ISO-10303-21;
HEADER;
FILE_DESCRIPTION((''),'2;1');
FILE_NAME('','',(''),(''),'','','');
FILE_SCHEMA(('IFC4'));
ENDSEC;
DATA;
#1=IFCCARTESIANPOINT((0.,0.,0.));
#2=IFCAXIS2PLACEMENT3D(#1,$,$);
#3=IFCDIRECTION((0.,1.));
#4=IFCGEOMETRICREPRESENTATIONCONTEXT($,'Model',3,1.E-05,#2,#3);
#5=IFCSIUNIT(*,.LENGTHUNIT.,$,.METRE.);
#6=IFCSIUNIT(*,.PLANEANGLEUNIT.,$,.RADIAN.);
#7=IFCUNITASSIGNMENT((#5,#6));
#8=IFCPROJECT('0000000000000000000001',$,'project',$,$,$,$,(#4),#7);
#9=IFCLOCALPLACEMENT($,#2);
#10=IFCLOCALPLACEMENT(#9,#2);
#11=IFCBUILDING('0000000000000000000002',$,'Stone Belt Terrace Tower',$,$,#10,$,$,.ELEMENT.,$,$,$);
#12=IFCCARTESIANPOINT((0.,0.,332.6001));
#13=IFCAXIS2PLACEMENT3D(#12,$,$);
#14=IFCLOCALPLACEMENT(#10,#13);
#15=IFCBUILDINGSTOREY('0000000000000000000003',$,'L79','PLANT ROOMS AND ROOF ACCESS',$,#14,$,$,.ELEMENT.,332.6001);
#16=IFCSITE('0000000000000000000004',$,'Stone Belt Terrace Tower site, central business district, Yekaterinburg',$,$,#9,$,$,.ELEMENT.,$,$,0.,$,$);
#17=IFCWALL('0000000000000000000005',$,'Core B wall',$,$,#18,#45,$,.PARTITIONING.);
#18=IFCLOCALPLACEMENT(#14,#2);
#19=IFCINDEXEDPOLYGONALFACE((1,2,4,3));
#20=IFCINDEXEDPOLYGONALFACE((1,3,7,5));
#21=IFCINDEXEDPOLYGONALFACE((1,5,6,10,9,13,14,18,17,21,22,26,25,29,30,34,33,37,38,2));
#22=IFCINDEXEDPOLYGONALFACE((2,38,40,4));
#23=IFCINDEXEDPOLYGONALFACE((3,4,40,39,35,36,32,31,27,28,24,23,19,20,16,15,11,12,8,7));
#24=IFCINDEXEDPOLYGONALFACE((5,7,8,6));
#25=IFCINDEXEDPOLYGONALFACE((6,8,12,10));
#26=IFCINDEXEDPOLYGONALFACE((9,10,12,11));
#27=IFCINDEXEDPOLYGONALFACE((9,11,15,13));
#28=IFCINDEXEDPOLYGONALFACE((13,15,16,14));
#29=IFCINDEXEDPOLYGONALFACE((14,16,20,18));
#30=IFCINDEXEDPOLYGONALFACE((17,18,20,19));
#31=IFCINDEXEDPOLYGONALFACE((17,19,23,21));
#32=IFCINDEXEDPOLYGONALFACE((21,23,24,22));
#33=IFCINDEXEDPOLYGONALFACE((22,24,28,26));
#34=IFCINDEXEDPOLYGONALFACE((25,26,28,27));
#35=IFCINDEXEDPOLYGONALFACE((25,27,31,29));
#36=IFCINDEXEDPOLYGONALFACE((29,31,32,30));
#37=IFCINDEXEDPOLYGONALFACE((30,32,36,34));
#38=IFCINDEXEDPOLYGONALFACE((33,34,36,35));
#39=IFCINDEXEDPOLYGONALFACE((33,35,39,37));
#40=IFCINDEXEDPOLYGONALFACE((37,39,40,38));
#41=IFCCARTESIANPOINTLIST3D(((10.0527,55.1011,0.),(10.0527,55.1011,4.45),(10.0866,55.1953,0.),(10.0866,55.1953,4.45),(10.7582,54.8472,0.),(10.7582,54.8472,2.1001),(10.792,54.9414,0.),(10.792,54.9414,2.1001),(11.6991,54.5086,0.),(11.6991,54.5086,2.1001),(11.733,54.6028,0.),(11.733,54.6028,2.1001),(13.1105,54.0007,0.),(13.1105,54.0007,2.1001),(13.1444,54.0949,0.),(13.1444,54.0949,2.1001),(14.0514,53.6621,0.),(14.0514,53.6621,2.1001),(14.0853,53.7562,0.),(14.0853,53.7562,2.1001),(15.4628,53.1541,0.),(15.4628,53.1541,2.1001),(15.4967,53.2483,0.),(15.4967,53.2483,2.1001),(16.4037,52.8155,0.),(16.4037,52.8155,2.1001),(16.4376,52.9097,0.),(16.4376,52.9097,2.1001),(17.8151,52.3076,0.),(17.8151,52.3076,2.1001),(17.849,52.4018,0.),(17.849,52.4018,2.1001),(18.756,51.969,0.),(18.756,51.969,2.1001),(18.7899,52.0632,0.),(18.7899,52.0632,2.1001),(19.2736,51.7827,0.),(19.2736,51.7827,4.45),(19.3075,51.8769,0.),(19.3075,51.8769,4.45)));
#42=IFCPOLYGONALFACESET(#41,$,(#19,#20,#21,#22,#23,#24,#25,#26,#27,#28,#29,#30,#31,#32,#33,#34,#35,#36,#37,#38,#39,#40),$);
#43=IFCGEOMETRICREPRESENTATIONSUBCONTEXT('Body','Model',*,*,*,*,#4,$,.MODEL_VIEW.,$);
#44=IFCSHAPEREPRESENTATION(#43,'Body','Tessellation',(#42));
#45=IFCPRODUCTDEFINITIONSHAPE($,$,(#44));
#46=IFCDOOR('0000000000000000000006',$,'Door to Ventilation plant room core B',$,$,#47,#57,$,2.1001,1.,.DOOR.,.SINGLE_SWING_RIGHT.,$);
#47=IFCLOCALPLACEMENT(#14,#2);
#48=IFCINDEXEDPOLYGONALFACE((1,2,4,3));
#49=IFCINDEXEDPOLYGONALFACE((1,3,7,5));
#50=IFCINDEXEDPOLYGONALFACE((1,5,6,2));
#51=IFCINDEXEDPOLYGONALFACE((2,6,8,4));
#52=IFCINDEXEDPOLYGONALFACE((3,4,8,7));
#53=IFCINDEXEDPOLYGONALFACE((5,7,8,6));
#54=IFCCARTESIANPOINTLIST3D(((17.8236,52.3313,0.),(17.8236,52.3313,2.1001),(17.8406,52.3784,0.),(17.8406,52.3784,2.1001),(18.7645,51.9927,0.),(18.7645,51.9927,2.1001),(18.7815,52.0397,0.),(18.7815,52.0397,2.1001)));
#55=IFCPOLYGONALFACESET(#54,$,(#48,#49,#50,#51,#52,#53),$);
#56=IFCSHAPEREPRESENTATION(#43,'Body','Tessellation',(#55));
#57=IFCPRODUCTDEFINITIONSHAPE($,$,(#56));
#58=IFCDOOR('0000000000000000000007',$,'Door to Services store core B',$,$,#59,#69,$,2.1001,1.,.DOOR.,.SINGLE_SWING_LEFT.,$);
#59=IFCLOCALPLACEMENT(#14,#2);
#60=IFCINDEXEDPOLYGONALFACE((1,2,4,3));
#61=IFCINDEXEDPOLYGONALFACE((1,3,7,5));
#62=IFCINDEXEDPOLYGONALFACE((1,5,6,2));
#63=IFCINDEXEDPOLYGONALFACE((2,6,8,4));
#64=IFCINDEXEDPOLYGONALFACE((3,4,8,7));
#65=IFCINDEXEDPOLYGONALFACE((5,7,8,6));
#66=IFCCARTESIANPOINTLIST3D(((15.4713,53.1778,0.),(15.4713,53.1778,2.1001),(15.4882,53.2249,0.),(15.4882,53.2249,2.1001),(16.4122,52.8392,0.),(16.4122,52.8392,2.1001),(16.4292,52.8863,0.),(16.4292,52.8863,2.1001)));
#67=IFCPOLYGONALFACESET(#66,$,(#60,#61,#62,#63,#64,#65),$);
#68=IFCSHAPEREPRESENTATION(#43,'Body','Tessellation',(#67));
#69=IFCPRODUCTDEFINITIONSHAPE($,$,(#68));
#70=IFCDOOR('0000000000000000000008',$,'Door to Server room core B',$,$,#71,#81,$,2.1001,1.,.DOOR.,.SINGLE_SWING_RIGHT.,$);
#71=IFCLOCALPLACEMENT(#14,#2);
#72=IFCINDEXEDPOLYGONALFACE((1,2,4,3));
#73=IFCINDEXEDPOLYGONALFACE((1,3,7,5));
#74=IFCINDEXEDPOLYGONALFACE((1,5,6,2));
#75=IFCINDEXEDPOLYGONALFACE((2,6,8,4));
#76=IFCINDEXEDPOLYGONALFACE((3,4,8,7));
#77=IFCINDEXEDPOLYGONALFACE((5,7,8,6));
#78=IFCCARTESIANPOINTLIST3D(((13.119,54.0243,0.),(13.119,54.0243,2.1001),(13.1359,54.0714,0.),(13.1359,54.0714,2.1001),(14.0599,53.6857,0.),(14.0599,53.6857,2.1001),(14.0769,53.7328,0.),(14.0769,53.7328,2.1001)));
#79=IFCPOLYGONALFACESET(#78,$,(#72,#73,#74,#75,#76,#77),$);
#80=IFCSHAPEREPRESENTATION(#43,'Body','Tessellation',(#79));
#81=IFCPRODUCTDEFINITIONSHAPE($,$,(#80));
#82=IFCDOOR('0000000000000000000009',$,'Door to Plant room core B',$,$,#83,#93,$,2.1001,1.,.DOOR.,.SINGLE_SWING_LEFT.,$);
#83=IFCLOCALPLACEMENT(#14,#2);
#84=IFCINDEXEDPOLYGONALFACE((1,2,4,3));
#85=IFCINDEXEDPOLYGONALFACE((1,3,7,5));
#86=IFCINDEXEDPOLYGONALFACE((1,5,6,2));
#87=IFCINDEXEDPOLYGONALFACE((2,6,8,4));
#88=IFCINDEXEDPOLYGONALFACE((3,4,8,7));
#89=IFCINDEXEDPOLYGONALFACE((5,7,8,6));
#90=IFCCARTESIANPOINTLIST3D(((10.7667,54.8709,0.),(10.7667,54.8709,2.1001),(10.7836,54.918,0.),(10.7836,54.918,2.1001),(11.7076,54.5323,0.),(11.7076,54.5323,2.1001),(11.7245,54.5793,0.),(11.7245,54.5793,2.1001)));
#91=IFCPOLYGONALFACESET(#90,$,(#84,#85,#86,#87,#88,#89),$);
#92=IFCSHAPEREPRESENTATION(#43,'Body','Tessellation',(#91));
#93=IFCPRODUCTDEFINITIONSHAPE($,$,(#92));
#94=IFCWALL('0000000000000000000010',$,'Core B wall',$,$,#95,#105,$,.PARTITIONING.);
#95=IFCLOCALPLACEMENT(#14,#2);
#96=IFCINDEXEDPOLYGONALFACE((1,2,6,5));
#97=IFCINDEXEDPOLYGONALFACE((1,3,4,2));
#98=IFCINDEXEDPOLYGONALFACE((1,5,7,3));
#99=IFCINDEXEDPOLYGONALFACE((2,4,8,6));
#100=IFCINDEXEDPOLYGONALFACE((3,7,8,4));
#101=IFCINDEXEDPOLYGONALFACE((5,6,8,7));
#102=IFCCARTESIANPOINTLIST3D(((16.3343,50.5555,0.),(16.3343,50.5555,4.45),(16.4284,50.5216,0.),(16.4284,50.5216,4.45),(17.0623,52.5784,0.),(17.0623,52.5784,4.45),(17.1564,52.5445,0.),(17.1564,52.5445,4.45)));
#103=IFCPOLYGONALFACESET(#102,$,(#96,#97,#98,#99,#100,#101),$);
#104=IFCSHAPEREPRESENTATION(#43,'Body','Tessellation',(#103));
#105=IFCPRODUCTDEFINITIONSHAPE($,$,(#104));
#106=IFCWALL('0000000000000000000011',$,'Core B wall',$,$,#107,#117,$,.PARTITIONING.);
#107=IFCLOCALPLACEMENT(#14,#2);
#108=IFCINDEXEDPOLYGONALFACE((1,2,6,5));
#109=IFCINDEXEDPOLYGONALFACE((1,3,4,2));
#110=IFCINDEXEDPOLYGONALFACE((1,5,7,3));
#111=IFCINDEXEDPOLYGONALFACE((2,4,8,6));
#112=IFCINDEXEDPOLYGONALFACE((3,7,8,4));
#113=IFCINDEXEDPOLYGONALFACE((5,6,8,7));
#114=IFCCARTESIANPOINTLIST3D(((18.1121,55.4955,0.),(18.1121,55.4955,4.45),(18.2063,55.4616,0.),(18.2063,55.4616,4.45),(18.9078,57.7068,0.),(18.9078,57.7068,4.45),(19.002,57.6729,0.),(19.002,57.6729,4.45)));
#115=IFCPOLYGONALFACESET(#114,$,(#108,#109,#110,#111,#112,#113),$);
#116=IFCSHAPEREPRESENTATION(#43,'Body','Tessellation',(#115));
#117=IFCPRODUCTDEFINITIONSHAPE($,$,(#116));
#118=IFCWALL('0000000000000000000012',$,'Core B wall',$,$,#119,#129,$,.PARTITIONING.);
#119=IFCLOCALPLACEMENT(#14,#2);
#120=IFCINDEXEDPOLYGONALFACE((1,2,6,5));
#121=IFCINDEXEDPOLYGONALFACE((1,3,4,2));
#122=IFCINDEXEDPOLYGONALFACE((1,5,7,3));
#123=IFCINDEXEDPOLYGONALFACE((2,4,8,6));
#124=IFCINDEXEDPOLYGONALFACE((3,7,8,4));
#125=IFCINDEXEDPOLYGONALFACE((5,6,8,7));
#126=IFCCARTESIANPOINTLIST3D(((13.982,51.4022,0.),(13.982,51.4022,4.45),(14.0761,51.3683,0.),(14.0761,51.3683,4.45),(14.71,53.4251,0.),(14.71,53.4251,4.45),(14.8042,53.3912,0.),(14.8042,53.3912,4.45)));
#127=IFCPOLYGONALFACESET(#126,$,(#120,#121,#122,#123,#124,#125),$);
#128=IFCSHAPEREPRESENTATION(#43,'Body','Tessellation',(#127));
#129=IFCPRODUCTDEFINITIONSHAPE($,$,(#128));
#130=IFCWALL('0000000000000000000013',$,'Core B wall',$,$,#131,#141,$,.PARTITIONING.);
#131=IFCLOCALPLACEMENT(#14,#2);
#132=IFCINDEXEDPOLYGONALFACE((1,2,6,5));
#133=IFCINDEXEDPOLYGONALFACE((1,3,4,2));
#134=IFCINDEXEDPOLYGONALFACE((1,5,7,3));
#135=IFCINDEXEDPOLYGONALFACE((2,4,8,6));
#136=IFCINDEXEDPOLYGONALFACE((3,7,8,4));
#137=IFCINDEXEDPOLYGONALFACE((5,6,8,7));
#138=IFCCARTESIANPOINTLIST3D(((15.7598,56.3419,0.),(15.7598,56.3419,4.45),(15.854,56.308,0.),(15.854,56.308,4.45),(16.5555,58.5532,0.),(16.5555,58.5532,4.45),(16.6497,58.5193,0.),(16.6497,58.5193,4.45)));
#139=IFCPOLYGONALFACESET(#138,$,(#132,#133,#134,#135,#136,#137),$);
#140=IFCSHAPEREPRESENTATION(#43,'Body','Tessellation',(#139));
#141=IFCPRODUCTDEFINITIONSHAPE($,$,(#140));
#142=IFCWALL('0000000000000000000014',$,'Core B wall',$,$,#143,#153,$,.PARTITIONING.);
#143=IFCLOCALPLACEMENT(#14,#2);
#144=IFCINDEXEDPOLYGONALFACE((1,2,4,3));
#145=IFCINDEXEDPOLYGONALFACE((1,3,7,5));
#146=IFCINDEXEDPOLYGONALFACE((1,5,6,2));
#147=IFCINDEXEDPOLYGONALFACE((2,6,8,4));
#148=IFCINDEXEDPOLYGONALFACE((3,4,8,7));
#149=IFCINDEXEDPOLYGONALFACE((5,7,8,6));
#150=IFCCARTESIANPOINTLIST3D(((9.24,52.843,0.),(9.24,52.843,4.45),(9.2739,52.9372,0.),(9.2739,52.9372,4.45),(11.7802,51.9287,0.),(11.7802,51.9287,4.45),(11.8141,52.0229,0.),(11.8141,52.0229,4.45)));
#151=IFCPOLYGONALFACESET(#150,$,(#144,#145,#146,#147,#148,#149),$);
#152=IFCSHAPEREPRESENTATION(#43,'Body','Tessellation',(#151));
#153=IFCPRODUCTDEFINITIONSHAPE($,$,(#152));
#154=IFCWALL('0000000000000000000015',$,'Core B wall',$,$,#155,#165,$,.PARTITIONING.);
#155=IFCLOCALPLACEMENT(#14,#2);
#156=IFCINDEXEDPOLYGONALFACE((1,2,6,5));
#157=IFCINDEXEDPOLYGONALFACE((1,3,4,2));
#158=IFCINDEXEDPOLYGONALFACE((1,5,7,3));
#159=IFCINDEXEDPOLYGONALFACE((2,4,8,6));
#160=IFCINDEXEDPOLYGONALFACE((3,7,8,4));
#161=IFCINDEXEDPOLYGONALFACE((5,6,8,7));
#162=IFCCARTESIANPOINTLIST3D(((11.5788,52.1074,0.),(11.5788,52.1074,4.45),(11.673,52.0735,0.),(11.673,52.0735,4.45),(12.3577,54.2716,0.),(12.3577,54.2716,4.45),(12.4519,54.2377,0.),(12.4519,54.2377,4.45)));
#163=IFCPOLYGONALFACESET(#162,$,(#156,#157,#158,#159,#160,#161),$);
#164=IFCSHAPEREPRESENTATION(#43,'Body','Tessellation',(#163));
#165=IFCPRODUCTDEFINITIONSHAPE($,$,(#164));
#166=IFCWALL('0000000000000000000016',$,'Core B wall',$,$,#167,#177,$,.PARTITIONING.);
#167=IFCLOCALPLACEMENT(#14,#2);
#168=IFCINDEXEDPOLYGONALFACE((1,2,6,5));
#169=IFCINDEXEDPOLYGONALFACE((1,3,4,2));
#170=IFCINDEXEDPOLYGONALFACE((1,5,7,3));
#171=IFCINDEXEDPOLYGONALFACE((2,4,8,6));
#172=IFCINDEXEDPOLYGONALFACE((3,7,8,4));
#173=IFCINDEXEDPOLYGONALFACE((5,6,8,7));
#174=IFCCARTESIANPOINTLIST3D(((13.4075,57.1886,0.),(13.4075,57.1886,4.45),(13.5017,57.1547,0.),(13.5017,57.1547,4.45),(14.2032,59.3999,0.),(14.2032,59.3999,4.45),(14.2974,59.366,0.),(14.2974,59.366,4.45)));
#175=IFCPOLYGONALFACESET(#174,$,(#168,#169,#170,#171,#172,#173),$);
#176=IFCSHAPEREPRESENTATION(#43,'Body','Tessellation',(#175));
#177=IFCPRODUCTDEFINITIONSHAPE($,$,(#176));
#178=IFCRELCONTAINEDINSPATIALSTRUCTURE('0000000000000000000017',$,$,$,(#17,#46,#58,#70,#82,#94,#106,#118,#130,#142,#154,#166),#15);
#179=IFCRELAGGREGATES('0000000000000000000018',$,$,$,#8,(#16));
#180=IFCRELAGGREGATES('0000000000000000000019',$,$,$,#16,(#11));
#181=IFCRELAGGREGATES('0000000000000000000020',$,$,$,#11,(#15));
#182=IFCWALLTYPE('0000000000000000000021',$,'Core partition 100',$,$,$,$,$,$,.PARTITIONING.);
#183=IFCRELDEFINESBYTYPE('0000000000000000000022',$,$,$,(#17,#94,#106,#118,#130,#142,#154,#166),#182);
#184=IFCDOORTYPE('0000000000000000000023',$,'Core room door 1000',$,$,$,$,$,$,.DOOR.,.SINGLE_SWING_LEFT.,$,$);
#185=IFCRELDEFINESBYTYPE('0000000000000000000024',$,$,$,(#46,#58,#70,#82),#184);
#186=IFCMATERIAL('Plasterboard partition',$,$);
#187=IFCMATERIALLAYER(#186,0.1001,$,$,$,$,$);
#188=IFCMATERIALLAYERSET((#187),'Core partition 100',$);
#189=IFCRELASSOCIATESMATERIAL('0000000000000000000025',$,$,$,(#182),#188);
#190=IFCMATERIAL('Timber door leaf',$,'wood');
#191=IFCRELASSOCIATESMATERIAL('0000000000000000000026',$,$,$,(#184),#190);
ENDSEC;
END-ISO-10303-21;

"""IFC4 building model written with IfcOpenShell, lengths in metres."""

from ifc_helpers import new_model, si_unit, direction, frame, frame_2d, origin, place, context, subcontext, project, spatial, rectangle, extrude, material, layer, layer_set, type_object, element, fill, save


model = new_model("IFC4")

# Units and contexts
model_context = context("Model", 3, precision=1e-05, world=origin(), true_north=direction((0.0, 1.0)))
body_context = subcontext(model_context, "Body", "Model", "MODEL_VIEW")
ifc_project = project(units=[si_unit("LENGTHUNIT", "METRE"), si_unit("PLANEANGLEUNIT", "RADIAN")], contexts=[model_context])

# Site, building, storey
site_placement = place(None, origin())
site = spatial("IfcSite", under=ifc_project, at=site_placement, Name="Stone Belt Terrace Tower site, central business district, Yekaterinburg", CompositionType="ELEMENT", RefElevation=0.0)
building_placement = place(site_placement, origin())
building = spatial("IfcBuilding", under=site, at=building_placement, Name="Stone Belt Terrace Tower", CompositionType="ELEMENT")
storey_placement = place(building_placement, frame((0.0, 0.0, 332.6001)))
storey = spatial("IfcBuildingStorey", under=building, at=storey_placement, Name="L79", Description="PLANT ROOMS AND ROOF ACCESS", CompositionType="ELEMENT", Elevation=332.6001)

# Wall, openings, doors
ifc_material_1 = material(Name="Plasterboard partition")
ifc_layer_1 = layer(ifc_material_1, 0.1001)
ifc_layer_set_1 = layer_set([ifc_layer_1], Name="Core partition 100")
wall_type_1 = type_object("IfcWallType", Name="Core partition 100", PredefinedType="PARTITIONING", material=ifc_layer_set_1)
wall_1_placement = place(storey_placement, frame((19.2905, 51.8298, 0.0), z_axis=(0.0, 0.0, 1.0), x_axis=(-0.940926, 0.338613, 0.0)))
wall_1 = element("IfcWall", 1, at=wall_1_placement, inside=storey, type_object=wall_type_1, Name="Core B wall", PredefinedType="PARTITIONING", context=body_context, shape_type="SweptSolid", body=[
    extrude(rectangle(XDim=9.7998, YDim=0.1001, at=frame_2d((4.8999, 0.0))), origin(), (0.0, 0.0, 1.0), 4.45),
])
opening_1_placement = place(wall_1_placement, frame((0.55, 0.0, 0.0)))
opening_1 = element("IfcOpeningElement", 2, at=opening_1_placement, cuts=wall_1, PredefinedType="OPENING", context=body_context, shape_type="SweptSolid", body=[
    extrude(rectangle(XDim=1.0, YDim=2.1001, at=frame_2d((0.5, 1.05))), frame((0.0, 0.0601, 0.0), z_axis=(0.0, -1.0, 0.0), x_axis=(1.0, 0.0, 0.0)), (0.0, 0.0, 1.0), 0.1201),
])
opening_2_placement = place(wall_1_placement, frame((3.05, 0.0, 0.0)))
opening_2 = element("IfcOpeningElement", 3, at=opening_2_placement, cuts=wall_1, PredefinedType="OPENING", context=body_context, shape_type="SweptSolid", body=[
    extrude(rectangle(XDim=1.0, YDim=2.1001, at=frame_2d((0.5, 1.05))), frame((0.0, 0.0601, 0.0), z_axis=(0.0, -1.0, 0.0), x_axis=(1.0, 0.0, 0.0)), (0.0, 0.0, 1.0), 0.1201),
])
opening_3_placement = place(wall_1_placement, frame((5.55, 0.0, 0.0)))
opening_3 = element("IfcOpeningElement", 4, at=opening_3_placement, cuts=wall_1, PredefinedType="OPENING", context=body_context, shape_type="SweptSolid", body=[
    extrude(rectangle(XDim=1.0, YDim=2.1001, at=frame_2d((0.5, 1.05))), frame((0.0, 0.0601, 0.0), z_axis=(0.0, -1.0, 0.0), x_axis=(1.0, 0.0, 0.0)), (0.0, 0.0, 1.0), 0.1201),
])
opening_4_placement = place(wall_1_placement, frame((8.05, 0.0, 0.0)))
opening_4 = element("IfcOpeningElement", 5, at=opening_4_placement, cuts=wall_1, PredefinedType="OPENING", context=body_context, shape_type="SweptSolid", body=[
    extrude(rectangle(XDim=1.0, YDim=2.1001, at=frame_2d((0.5, 1.05))), frame((0.0, 0.0601, 0.0), z_axis=(0.0, -1.0, 0.0), x_axis=(1.0, 0.0, 0.0)), (0.0, 0.0, 1.0), 0.1201),
])
ifc_material_2 = material(Name="Timber door leaf", Category="wood")
door_type_1 = type_object("IfcDoorType", Name="Core room door 1000", OperationType="SINGLE_SWING_LEFT", PredefinedType="DOOR", material=ifc_material_2)
door_1_placement = place(opening_1_placement, origin())
door_1 = element("IfcDoor", 6, at=door_1_placement, inside=storey, type_object=door_type_1, Name="Door to Ventilation plant room core B", OperationType="SINGLE_SWING_RIGHT", OverallHeight=2.1001, OverallWidth=1.0, PredefinedType="DOOR", context=body_context, shape_type="SweptSolid", body=[
    extrude(rectangle(XDim=1.0, YDim=2.1001, at=frame_2d((0.5, 1.05))), frame((0.0, 0.0249, 0.0), z_axis=(0.0, -1.0, 0.0), x_axis=(1.0, 0.0, 0.0)), (0.0, 0.0, 1.0), 0.05),
])
fill(opening_1, door_1)
door_2_placement = place(opening_2_placement, origin())
door_2 = element("IfcDoor", 7, at=door_2_placement, inside=storey, type_object=door_type_1, Name="Door to Services store core B", OperationType="SINGLE_SWING_LEFT", OverallHeight=2.1001, OverallWidth=1.0, PredefinedType="DOOR", context=body_context, shape_type="SweptSolid", body=[
    extrude(rectangle(XDim=1.0, YDim=2.1001, at=frame_2d((0.5, 1.05))), frame((0.0, 0.0249, 0.0), z_axis=(0.0, -1.0, 0.0), x_axis=(1.0, 0.0, 0.0)), (0.0, 0.0, 1.0), 0.05),
])
fill(opening_2, door_2)
door_3_placement = place(opening_3_placement, origin())
door_3 = element("IfcDoor", 8, at=door_3_placement, inside=storey, type_object=door_type_1, Name="Door to Server room core B", OperationType="SINGLE_SWING_RIGHT", OverallHeight=2.1001, OverallWidth=1.0, PredefinedType="DOOR", context=body_context, shape_type="SweptSolid", body=[
    extrude(rectangle(XDim=1.0, YDim=2.1001, at=frame_2d((0.5, 1.05))), frame((0.0, 0.0249, 0.0), z_axis=(0.0, -1.0, 0.0), x_axis=(1.0, 0.0, 0.0)), (0.0, 0.0, 1.0), 0.05),
])
fill(opening_3, door_3)
door_4_placement = place(opening_4_placement, origin())
door_4 = element("IfcDoor", 9, at=door_4_placement, inside=storey, type_object=door_type_1, Name="Door to Plant room core B", OperationType="SINGLE_SWING_LEFT", OverallHeight=2.1001, OverallWidth=1.0, PredefinedType="DOOR", context=body_context, shape_type="SweptSolid", body=[
    extrude(rectangle(XDim=1.0, YDim=2.1001, at=frame_2d((0.5, 1.05))), frame((0.0, 0.0249, 0.0), z_axis=(0.0, -1.0, 0.0), x_axis=(1.0, 0.0, 0.0)), (0.0, 0.0, 1.0), 0.05),
])
fill(opening_4, door_4)

# Walls
wall_2_placement = place(storey_placement, frame((16.3813, 50.5386, 0.0), z_axis=(0.0, 0.0, 1.0), x_axis=(0.338623, 0.940922, 0.0)))
element("IfcWall", 10, at=wall_2_placement, inside=storey, type_object=wall_type_1, Name="Core B wall", PredefinedType="PARTITIONING", context=body_context, shape_type="SweptSolid", body=[
    extrude(rectangle(XDim=2.1499, YDim=0.1001, at=frame_2d((1.075, 0.0))), origin(), (0.0, 0.0, 1.0), 4.45),
])
wall_3_placement = place(storey_placement, frame((18.1592, 55.4785, 0.0), z_axis=(0.0, 0.0, 1.0), x_axis=(0.33858, 0.940938, 0.0)))
element("IfcWall", 11, at=wall_3_placement, inside=storey, type_object=wall_type_1, Name="Core B wall", PredefinedType="PARTITIONING", context=body_context, shape_type="SweptSolid", body=[
    extrude(rectangle(XDim=2.3501, YDim=0.1001, at=frame_2d((1.175, 0.0))), origin(), (0.0, 0.0, 1.0), 4.45),
])
wall_4_placement = place(storey_placement, frame((14.0291, 51.3853, 0.0), z_axis=(0.0, 0.0, 1.0), x_axis=(0.338623, 0.940922, 0.0)))
element("IfcWall", 12, at=wall_4_placement, inside=storey, type_object=wall_type_1, Name="Core B wall", PredefinedType="PARTITIONING", context=body_context, shape_type="SweptSolid", body=[
    extrude(rectangle(XDim=2.1499, YDim=0.1001, at=frame_2d((1.075, 0.0))), origin(), (0.0, 0.0, 1.0), 4.45),
])
wall_5_placement = place(storey_placement, frame((15.8069, 56.325, 0.0), z_axis=(0.0, 0.0, 1.0), x_axis=(0.33858, 0.940938, 0.0)))
element("IfcWall", 13, at=wall_5_placement, inside=storey, type_object=wall_type_1, Name="Core B wall", PredefinedType="PARTITIONING", context=body_context, shape_type="SweptSolid", body=[
    extrude(rectangle(XDim=2.3501, YDim=0.1001, at=frame_2d((1.175, 0.0))), origin(), (0.0, 0.0, 1.0), 4.45),
])
wall_6_placement = place(storey_placement, frame((11.7971, 51.9758, 0.0), z_axis=(0.0, 0.0, 1.0), x_axis=(-0.94091, 0.338655, 0.0)))
element("IfcWall", 14, at=wall_6_placement, inside=storey, type_object=wall_type_1, Name="Core B wall", PredefinedType="PARTITIONING", context=body_context, shape_type="SweptSolid", body=[
    extrude(rectangle(XDim=2.6997, YDim=0.1001, at=frame_2d((1.3499, 0.0))), origin(), (0.0, 0.0, 1.0), 4.45),
])
wall_7_placement = place(storey_placement, frame((11.626, 52.0906, 0.0), z_axis=(0.0, 0.0, 1.0), x_axis=(0.338622, 0.940923, 0.0)))
element("IfcWall", 15, at=wall_7_placement, inside=storey, type_object=wall_type_1, Name="Core B wall", PredefinedType="PARTITIONING", context=body_context, shape_type="SweptSolid", body=[
    extrude(rectangle(XDim=2.3, YDim=0.1001, at=frame_2d((1.1499, 0.0))), origin(), (0.0, 0.0, 1.0), 4.45),
])
wall_8_placement = place(storey_placement, frame((13.4546, 57.1716, 0.0), z_axis=(0.0, 0.0, 1.0), x_axis=(0.33858, 0.940938, 0.0)))
element("IfcWall", 16, at=wall_8_placement, inside=storey, type_object=wall_type_1, Name="Core B wall", PredefinedType="PARTITIONING", context=body_context, shape_type="SweptSolid", body=[
    extrude(rectangle(XDim=2.3501, YDim=0.1001, at=frame_2d((1.175, 0.0))), origin(), (0.0, 0.0, 1.0), 4.45),
])

save(model, "model.ifc")
